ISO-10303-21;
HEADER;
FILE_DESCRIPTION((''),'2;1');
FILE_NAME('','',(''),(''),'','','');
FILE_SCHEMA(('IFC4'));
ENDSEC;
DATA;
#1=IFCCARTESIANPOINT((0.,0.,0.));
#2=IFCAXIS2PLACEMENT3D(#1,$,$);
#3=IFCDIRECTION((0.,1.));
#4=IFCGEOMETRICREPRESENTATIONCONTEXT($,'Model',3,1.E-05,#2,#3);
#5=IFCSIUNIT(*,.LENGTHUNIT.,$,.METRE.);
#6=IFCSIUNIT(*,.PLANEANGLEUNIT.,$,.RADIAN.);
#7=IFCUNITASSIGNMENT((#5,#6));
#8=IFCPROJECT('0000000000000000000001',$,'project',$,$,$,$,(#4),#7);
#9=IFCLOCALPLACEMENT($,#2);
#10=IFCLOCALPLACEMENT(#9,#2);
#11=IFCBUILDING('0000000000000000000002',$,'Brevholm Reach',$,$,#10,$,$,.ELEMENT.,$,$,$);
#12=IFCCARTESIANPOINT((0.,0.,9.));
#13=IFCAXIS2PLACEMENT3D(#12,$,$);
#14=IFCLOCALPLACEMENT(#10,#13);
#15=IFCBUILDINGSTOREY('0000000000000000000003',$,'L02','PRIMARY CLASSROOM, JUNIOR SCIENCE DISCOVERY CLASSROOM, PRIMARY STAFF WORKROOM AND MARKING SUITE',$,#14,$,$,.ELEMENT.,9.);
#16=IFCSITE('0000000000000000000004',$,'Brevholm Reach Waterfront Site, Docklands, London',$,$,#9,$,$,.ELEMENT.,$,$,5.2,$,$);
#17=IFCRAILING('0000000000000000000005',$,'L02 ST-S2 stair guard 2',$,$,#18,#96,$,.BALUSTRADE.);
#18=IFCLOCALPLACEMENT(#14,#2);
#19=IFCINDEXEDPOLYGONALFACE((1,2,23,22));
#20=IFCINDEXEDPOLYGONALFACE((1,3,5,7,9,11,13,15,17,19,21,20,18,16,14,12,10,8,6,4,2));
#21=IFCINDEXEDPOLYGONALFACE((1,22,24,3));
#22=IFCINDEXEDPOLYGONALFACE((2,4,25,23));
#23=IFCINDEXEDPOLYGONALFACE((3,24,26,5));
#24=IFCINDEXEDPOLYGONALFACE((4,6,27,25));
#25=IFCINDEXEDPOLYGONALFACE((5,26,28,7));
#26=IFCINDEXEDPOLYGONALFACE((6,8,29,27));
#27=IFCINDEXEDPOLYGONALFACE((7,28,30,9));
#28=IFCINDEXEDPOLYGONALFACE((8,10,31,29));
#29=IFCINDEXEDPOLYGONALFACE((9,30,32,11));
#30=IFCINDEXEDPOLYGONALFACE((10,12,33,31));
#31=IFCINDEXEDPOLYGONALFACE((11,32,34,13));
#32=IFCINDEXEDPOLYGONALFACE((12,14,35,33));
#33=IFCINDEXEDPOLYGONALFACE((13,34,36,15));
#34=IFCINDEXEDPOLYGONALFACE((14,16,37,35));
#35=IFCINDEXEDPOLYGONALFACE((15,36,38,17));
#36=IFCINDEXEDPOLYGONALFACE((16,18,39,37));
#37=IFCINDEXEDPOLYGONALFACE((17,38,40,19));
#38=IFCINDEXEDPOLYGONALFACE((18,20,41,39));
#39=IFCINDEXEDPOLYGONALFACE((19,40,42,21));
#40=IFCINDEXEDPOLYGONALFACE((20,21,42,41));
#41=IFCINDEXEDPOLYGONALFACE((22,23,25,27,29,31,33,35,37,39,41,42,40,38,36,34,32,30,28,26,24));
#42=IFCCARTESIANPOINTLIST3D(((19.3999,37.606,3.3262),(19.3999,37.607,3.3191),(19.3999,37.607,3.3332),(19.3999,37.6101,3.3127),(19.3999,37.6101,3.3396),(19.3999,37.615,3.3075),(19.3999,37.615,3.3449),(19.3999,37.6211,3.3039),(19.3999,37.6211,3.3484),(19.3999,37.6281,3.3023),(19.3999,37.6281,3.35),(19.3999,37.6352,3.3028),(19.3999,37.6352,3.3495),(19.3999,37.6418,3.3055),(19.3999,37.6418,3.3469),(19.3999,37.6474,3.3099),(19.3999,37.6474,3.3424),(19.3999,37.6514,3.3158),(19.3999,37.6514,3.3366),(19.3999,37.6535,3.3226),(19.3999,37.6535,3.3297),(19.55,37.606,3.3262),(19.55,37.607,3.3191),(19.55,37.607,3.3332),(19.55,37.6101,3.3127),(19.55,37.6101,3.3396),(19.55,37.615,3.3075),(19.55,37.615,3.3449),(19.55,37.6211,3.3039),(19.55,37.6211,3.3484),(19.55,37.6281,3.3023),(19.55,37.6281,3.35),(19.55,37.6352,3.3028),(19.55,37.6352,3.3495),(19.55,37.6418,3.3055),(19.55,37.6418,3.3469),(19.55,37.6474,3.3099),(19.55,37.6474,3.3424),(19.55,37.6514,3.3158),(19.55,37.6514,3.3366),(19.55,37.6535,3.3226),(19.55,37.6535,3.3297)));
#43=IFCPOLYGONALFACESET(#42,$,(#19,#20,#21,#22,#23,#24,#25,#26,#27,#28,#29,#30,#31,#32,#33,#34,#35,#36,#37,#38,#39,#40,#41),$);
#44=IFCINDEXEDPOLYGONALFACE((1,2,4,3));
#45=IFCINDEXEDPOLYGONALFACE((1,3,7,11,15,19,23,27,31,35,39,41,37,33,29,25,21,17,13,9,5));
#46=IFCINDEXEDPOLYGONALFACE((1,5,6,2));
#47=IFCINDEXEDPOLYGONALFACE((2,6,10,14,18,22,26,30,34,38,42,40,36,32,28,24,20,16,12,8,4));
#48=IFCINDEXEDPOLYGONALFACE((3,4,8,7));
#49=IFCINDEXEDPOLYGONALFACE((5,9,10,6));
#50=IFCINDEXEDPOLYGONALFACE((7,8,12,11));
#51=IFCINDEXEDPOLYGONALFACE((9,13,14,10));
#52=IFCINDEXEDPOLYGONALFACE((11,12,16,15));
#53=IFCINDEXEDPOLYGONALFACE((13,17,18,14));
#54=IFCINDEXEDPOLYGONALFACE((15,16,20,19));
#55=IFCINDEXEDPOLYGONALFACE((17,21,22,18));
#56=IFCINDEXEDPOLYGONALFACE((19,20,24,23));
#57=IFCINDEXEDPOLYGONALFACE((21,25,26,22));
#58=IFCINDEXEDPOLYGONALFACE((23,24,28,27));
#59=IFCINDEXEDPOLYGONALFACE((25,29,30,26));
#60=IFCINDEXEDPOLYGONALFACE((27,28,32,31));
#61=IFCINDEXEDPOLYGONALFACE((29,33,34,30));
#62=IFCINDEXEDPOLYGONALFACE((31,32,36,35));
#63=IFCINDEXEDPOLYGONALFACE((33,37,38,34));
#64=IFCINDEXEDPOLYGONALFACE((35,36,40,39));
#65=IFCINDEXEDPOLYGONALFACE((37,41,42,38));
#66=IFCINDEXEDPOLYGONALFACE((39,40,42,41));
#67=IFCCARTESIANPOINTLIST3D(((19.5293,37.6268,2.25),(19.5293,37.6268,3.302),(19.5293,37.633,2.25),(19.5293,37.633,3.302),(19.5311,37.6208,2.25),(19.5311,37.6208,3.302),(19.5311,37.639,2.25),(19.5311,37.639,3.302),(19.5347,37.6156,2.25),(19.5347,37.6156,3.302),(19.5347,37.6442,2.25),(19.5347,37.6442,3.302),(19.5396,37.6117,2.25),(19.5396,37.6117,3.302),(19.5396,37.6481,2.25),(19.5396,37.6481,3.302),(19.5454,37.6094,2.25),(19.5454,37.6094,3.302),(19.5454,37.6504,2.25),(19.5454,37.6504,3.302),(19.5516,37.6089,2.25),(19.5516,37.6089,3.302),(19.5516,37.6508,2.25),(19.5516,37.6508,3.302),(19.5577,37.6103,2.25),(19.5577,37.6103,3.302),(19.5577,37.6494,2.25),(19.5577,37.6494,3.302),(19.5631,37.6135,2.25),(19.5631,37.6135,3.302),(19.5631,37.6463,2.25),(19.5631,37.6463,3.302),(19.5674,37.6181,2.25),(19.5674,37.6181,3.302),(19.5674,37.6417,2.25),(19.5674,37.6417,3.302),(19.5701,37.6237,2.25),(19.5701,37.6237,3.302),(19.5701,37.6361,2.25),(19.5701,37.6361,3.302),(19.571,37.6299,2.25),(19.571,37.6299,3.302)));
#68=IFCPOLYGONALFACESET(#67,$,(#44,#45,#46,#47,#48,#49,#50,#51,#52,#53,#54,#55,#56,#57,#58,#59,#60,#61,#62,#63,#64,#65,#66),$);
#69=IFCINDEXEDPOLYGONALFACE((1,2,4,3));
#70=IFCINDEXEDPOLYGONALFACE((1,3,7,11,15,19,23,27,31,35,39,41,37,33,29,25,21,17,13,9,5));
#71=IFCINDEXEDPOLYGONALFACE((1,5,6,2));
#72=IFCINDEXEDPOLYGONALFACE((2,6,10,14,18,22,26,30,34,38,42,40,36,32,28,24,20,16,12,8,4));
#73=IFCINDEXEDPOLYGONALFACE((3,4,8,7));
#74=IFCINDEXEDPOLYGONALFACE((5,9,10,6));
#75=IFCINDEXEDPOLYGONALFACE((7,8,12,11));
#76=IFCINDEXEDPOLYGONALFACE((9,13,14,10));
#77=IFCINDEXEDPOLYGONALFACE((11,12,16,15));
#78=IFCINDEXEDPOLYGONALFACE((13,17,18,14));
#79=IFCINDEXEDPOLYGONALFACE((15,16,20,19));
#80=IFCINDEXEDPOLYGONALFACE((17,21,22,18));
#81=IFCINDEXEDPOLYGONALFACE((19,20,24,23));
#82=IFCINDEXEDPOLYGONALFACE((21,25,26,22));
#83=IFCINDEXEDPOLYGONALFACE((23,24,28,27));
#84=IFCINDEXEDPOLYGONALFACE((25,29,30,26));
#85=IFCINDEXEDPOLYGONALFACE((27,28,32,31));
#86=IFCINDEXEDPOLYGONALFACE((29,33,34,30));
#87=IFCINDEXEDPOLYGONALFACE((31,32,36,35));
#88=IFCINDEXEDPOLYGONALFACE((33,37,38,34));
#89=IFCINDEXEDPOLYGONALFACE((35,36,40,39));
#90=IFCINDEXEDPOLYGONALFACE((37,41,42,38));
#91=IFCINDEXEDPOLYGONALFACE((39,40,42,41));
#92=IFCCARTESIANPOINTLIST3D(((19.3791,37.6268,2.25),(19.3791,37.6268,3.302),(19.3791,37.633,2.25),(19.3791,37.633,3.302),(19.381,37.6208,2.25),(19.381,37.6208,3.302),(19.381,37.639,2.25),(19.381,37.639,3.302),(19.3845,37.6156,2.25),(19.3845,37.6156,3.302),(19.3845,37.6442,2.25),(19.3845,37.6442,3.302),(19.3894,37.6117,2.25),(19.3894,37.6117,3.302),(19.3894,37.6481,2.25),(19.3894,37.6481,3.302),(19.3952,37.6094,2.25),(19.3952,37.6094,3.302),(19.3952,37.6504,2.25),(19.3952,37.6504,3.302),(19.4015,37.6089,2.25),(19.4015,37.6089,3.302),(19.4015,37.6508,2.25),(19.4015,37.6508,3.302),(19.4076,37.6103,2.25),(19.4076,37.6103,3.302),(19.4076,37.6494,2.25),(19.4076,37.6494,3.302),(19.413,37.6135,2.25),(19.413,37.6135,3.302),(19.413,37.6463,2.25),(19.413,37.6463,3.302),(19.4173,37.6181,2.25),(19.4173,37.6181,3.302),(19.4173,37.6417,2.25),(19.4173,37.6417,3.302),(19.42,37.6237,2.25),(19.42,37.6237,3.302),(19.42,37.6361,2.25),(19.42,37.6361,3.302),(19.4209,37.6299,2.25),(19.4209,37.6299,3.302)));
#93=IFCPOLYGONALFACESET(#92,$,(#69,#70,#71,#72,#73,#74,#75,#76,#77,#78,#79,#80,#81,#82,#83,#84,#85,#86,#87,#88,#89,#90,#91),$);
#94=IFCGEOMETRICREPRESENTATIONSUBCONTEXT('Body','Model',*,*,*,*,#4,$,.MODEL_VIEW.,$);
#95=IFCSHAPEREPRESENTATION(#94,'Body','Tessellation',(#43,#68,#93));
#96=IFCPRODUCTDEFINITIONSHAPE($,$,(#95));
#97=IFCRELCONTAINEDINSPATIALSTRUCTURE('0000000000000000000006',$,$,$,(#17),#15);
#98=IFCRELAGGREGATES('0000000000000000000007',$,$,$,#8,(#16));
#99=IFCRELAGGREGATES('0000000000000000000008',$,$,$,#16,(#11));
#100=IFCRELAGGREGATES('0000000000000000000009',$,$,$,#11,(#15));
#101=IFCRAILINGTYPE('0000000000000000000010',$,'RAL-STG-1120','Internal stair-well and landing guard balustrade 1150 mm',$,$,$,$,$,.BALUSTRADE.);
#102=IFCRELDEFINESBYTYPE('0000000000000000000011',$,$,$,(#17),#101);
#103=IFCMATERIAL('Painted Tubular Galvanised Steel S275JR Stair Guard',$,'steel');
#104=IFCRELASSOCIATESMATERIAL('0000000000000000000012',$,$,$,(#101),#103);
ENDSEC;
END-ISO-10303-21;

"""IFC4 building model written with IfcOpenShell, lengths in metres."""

from ifc_helpers import new_model, si_unit, direction, frame, origin, origin_2d, place, context, subcontext, project, spatial, circle, extrude, material, type_object, element, save


model = new_model("IFC4")

# Units and contexts
model_context = context("Model", 3, precision=1e-05, world=origin(), true_north=direction((0.0, 1.0)))
body_context = subcontext(model_context, "Body", "Model", "MODEL_VIEW")
ifc_project = project(units=[si_unit("LENGTHUNIT", "METRE"), si_unit("PLANEANGLEUNIT", "RADIAN")], contexts=[model_context])

# Site, building, storey
site_placement = place(None, origin())
site = spatial("IfcSite", under=ifc_project, at=site_placement, Name="Brevholm Reach Waterfront Site, Docklands, London", CompositionType="ELEMENT", RefElevation=5.2)
building_placement = place(site_placement, origin())
building = spatial("IfcBuilding", under=site, at=building_placement, Name="Brevholm Reach", CompositionType="ELEMENT")
storey_placement = place(building_placement, frame((0.0, 0.0, 9.0)))
storey = spatial("IfcBuildingStorey", under=building, at=storey_placement, Name="L02", Description="PRIMARY CLASSROOM, JUNIOR SCIENCE DISCOVERY CLASSROOM, PRIMARY STAFF WORKROOM AND MARKING SUITE", CompositionType="ELEMENT", Elevation=9.0)

# Railing
ifc_material_1 = material(Name="Painted Tubular Galvanised Steel S275JR Stair Guard", Category="steel")
railing_type_1 = type_object("IfcRailingType", Name="RAL-STG-1120", Description="Internal stair-well and landing guard balustrade 1150 mm", PredefinedType="BALUSTRADE", material=ifc_material_1)
railing_1_placement = place(storey_placement, frame((19.55, 37.6299, 2.25)))
element("IfcRailing", 1, at=railing_1_placement, inside=storey, type_object=railing_type_1, Name="L02 ST-S2 stair guard 2", PredefinedType="BALUSTRADE", context=body_context, shape_type="SweptSolid", body=[
    extrude(circle(Radius=0.0239, at=origin_2d()), frame((0.0, 0.0, 1.0762), z_axis=(-1.0, 0.0, 0.0), x_axis=(0.0, -1.0, 0.0)), (0.0, 0.0, 1.0), 0.1501),
    extrude(circle(Radius=0.021, at=origin_2d()), origin(), (0.0, 0.0, 1.0), 1.052),
    extrude(circle(Radius=0.021, at=origin_2d()), frame((-0.1501, 0.0, 0.0)), (0.0, 0.0, 1.0), 1.052),
])

save(model, "model.ifc")
